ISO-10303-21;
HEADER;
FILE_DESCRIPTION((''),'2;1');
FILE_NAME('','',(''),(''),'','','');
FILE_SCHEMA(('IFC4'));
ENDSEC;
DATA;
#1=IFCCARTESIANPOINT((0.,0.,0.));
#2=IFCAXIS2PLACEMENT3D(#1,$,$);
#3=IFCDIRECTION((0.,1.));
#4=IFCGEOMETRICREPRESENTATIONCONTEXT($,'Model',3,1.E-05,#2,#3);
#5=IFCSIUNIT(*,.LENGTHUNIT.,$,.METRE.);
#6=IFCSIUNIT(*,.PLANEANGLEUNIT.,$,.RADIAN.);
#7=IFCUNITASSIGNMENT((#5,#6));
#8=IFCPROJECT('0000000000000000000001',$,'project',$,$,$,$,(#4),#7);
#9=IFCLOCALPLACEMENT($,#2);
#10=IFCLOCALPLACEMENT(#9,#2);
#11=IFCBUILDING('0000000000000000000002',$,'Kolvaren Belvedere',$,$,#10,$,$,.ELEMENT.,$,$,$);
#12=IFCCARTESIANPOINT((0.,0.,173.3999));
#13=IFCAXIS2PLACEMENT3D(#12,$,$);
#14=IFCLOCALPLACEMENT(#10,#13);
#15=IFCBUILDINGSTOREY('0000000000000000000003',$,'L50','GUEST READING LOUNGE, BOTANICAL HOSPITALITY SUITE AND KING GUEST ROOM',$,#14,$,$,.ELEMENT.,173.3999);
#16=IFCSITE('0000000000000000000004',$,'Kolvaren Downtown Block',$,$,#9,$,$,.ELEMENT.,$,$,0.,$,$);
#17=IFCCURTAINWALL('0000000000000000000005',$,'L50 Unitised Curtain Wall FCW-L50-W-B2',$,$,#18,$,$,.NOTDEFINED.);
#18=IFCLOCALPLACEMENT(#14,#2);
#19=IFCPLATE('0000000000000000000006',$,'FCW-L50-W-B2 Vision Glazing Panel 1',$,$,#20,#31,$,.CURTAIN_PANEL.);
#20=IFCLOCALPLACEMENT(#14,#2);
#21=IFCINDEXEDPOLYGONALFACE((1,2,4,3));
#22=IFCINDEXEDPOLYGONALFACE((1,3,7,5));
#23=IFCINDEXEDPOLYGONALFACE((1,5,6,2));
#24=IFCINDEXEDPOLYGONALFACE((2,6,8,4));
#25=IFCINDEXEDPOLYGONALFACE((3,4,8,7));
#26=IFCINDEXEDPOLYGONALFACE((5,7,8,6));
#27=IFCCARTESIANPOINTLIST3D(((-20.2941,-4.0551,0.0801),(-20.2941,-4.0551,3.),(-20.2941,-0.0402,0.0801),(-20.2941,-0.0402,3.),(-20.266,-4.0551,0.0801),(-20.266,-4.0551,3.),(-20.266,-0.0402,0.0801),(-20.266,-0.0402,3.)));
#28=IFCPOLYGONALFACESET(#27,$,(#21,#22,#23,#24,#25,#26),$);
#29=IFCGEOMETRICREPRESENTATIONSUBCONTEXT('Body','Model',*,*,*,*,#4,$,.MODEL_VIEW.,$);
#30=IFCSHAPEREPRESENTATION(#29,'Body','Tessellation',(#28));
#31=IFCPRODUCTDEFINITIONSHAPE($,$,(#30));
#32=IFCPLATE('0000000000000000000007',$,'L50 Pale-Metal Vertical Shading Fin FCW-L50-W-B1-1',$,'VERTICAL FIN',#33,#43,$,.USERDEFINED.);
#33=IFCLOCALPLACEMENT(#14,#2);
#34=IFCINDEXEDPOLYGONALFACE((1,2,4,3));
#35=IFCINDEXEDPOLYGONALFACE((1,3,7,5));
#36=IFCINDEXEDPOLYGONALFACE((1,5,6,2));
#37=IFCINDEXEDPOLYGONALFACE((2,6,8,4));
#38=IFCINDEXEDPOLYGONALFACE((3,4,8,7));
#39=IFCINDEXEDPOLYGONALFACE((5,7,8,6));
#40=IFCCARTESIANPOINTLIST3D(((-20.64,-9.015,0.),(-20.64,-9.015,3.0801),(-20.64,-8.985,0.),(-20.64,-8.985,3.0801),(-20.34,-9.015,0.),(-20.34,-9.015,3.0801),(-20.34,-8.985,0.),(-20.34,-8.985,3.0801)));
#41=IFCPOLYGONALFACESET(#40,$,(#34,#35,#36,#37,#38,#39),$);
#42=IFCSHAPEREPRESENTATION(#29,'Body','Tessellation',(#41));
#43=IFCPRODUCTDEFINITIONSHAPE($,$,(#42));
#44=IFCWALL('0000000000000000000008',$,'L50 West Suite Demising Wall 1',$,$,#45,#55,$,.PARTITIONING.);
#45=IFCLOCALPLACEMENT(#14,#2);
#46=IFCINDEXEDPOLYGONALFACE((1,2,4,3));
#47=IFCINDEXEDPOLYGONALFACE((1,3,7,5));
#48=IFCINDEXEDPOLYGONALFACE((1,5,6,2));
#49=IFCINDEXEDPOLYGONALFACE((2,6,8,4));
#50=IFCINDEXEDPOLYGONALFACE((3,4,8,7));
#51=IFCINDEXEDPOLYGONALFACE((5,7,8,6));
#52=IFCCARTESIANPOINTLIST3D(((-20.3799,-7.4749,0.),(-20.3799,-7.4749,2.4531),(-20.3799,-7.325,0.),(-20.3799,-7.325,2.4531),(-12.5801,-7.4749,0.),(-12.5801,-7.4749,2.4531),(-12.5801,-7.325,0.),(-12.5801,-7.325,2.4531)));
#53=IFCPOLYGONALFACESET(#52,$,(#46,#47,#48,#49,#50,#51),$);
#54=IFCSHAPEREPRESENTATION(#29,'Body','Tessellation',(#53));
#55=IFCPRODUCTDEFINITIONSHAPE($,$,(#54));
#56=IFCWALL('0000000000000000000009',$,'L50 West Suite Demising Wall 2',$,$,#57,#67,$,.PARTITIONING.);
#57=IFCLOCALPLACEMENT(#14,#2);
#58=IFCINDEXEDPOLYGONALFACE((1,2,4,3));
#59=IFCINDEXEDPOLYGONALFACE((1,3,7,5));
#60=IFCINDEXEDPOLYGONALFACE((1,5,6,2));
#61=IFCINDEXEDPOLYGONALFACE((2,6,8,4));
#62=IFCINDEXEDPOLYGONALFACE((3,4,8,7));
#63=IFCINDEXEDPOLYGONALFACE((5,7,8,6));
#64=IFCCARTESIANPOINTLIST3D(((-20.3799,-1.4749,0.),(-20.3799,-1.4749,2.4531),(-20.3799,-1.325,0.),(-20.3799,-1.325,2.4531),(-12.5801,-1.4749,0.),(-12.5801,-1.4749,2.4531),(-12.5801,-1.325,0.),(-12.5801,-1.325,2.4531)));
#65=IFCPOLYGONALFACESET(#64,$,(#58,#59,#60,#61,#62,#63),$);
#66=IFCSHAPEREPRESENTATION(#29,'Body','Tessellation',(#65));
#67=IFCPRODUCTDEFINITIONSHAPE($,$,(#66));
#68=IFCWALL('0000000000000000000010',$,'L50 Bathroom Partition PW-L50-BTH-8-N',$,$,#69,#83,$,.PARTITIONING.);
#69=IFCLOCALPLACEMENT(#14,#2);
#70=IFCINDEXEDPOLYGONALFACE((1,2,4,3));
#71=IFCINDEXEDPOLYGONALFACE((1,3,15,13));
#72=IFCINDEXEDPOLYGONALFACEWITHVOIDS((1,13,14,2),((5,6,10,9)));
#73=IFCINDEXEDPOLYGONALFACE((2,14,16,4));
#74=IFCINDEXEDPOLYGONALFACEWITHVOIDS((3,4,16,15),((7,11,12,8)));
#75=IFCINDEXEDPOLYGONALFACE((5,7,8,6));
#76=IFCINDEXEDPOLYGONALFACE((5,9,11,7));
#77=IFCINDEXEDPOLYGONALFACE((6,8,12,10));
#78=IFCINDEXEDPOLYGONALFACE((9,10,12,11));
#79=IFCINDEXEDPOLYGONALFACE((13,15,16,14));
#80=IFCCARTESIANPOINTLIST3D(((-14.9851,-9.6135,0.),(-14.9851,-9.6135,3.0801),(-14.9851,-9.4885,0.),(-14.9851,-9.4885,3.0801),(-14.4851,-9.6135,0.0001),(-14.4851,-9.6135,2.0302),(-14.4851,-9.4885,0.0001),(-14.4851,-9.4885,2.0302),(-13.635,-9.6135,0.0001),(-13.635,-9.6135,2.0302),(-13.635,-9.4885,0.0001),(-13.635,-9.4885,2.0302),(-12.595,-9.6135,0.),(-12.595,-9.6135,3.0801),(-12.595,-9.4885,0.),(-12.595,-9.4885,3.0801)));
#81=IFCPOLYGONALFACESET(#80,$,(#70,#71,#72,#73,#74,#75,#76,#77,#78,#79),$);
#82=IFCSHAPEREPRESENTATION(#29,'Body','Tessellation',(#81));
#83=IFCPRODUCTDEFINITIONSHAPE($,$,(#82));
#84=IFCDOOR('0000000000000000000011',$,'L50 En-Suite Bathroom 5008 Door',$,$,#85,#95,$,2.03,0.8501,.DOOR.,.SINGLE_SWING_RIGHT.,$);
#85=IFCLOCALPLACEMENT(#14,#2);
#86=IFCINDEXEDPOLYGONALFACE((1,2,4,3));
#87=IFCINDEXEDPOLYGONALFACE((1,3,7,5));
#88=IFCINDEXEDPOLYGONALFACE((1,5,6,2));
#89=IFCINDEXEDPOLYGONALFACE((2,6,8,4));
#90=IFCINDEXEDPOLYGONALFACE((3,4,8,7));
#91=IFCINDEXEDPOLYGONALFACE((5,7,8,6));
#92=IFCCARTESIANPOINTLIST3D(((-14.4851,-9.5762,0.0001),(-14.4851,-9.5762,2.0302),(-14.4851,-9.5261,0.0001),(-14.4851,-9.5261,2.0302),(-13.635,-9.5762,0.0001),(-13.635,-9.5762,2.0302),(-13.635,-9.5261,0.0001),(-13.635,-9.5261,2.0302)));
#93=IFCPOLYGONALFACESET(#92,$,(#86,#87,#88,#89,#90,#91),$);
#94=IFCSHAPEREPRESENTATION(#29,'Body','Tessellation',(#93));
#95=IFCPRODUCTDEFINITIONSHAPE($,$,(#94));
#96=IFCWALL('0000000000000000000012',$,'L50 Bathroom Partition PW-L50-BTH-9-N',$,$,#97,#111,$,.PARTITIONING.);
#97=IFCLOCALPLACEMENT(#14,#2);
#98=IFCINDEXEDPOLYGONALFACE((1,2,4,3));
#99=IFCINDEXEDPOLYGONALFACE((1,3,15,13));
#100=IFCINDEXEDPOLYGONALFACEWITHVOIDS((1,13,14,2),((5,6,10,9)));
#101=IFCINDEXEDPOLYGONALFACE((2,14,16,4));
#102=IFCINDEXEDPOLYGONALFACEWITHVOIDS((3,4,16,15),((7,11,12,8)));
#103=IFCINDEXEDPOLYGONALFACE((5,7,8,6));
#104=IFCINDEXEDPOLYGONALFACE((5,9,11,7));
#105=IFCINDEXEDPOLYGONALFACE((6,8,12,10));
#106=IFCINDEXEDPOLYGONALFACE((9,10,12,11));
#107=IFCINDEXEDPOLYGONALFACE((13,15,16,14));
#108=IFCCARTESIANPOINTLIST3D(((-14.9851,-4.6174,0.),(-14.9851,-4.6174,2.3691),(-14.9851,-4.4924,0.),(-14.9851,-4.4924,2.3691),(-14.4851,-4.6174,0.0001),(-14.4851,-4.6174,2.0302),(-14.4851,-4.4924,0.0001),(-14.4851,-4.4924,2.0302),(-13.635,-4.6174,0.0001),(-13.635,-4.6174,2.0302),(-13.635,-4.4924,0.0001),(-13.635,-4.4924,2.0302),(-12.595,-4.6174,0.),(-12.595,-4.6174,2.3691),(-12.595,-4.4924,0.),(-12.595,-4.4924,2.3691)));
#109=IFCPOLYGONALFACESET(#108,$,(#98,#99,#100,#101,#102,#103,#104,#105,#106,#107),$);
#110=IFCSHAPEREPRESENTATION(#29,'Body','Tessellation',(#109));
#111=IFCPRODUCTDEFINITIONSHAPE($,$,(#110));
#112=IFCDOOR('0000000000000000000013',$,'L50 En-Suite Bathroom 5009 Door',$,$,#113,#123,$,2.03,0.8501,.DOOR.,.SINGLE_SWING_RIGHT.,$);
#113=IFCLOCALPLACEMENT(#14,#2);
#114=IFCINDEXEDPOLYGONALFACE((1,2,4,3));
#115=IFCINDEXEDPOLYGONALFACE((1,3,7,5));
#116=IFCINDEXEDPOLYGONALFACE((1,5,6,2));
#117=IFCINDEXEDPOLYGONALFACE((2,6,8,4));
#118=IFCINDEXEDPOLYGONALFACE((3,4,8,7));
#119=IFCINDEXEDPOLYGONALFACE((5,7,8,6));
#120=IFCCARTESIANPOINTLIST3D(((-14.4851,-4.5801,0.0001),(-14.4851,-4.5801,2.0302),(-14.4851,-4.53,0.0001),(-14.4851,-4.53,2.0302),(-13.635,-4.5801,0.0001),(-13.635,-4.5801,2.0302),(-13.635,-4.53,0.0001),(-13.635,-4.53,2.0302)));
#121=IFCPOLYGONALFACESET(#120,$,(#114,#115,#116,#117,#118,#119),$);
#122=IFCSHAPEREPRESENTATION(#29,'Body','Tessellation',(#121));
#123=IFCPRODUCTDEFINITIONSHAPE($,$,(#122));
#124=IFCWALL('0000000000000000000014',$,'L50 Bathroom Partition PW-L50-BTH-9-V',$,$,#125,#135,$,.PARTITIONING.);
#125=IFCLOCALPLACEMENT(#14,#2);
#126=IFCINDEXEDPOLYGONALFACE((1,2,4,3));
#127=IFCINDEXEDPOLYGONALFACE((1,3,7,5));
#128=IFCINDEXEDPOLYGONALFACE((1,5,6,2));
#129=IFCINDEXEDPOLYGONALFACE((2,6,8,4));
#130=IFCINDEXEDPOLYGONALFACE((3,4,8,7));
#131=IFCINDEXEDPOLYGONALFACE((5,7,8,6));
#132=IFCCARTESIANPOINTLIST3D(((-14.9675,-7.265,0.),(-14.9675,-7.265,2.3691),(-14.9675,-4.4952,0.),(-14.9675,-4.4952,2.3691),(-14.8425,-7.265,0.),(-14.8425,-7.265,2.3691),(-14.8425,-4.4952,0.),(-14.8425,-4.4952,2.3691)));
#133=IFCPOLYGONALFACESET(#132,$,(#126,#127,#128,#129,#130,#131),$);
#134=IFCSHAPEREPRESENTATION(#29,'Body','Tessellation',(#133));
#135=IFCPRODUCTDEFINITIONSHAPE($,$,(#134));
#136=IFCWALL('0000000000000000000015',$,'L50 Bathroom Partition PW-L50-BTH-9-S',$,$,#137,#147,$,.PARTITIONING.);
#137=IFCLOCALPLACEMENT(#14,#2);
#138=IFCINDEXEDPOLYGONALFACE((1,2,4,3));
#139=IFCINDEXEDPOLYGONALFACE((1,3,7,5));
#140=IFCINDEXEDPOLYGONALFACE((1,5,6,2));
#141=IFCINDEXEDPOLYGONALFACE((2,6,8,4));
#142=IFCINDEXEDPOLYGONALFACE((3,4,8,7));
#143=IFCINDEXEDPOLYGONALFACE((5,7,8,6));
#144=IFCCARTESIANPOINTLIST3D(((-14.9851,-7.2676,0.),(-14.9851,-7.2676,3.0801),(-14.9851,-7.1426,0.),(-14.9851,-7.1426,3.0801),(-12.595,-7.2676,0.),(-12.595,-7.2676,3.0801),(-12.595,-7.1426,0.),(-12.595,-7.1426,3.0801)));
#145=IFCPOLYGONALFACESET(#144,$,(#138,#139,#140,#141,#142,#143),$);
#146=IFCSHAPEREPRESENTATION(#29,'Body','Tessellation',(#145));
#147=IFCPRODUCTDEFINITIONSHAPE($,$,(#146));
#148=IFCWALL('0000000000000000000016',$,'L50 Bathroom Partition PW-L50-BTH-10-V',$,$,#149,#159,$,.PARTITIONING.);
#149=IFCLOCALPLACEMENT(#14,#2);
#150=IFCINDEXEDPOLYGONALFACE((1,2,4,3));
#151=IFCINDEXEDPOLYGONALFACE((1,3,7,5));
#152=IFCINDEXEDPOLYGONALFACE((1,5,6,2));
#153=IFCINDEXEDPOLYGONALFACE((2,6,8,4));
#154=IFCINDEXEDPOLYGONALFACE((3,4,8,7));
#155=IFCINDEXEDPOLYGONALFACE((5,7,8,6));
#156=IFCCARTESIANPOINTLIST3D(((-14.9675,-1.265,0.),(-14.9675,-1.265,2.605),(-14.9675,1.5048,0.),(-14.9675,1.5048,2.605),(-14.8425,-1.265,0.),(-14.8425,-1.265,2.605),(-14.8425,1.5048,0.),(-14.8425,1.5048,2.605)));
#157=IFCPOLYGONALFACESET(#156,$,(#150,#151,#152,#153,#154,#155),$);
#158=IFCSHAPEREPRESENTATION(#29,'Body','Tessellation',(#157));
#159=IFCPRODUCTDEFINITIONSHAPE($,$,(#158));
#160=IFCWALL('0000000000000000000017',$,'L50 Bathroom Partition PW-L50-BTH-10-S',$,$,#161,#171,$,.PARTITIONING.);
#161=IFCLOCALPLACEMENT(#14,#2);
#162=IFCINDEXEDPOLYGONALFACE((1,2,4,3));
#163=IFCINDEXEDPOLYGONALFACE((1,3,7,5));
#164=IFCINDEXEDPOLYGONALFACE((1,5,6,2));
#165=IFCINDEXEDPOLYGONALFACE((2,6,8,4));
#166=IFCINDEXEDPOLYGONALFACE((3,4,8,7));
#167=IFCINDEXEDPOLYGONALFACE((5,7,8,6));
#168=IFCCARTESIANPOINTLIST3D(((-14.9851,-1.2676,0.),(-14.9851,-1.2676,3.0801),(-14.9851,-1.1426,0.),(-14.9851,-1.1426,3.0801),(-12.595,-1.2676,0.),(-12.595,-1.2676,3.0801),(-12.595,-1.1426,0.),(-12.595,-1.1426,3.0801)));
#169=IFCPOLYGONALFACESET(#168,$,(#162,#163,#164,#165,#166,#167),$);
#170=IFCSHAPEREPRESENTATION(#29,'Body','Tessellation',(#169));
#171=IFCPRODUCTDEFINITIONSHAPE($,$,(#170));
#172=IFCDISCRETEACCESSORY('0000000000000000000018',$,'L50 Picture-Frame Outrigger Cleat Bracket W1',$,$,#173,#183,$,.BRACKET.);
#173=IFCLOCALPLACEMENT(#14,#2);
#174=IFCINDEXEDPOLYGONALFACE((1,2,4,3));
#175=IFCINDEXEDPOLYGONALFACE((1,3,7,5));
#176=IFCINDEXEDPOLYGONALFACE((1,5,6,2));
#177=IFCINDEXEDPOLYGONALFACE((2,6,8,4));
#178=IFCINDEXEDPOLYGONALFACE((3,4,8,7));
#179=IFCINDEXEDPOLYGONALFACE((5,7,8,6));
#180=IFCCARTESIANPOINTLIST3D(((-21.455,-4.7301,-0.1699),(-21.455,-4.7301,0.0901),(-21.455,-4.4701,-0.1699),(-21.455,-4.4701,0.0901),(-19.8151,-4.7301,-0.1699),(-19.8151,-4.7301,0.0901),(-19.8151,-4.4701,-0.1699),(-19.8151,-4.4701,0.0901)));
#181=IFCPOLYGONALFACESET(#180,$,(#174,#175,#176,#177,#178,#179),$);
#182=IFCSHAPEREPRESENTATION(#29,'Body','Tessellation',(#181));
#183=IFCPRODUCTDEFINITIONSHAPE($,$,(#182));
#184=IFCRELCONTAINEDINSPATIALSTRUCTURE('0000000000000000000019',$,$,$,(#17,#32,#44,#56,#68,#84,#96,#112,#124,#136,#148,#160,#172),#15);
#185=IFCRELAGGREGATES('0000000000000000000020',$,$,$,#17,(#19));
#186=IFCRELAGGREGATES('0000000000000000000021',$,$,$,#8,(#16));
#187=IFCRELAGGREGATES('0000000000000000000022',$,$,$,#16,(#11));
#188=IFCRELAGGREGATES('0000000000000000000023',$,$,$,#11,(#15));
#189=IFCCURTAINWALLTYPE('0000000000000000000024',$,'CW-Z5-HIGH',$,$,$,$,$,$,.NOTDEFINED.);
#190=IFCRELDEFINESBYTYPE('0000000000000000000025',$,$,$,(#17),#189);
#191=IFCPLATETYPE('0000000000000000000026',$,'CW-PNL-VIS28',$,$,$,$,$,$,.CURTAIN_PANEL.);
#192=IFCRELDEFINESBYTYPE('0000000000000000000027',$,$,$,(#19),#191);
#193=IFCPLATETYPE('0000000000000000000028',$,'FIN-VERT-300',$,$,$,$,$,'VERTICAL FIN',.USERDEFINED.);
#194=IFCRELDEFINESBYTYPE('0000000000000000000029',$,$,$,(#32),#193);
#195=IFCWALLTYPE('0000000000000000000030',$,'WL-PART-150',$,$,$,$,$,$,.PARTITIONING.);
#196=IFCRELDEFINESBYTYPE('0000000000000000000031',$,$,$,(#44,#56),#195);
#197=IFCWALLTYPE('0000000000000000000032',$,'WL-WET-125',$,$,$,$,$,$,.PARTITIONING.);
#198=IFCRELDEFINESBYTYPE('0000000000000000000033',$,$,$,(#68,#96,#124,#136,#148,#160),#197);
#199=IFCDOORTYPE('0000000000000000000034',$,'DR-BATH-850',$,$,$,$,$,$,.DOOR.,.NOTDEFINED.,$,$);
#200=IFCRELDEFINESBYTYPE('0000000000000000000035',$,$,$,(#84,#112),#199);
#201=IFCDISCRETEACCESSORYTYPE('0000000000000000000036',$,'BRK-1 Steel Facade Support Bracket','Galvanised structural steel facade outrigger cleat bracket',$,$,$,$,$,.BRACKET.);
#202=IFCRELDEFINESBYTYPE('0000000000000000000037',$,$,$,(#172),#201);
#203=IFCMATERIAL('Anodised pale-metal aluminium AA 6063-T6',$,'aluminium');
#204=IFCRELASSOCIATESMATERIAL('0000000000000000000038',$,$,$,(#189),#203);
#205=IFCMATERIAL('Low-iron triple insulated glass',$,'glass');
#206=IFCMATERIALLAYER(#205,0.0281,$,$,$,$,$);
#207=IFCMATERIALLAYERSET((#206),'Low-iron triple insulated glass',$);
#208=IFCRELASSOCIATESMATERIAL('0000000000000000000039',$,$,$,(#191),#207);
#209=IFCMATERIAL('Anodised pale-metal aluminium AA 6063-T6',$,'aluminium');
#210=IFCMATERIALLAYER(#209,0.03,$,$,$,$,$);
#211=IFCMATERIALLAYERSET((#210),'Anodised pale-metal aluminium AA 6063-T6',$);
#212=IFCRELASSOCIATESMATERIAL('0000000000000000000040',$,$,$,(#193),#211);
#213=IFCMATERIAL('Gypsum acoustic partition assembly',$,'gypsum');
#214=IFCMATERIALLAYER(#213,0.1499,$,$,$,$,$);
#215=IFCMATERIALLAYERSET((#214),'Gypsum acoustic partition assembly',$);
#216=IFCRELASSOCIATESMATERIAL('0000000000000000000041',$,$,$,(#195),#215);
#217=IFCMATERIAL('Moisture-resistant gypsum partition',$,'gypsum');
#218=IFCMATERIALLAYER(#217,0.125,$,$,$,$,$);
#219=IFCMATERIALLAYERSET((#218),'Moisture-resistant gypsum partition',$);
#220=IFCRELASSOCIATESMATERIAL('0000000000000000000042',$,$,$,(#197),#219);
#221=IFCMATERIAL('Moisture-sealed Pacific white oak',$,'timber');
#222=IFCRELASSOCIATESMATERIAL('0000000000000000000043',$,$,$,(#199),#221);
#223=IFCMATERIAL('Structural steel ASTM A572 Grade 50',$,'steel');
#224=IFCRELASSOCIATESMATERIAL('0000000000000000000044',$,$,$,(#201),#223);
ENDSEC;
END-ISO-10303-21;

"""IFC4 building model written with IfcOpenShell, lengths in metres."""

from ifc_helpers import new_model, si_unit, direction, frame, frame_2d, origin, origin_2d, place, context, subcontext, project, spatial, rectangle, extrude, material, layer, layer_set, type_object, element, fill, aggregate, save


model = new_model("IFC4")

# Units and contexts
model_context = context("Model", 3, precision=1e-05, world=origin(), true_north=direction((0.0, 1.0)))
body_context = subcontext(model_context, "Body", "Model", "MODEL_VIEW")
ifc_project = project(units=[si_unit("LENGTHUNIT", "METRE"), si_unit("PLANEANGLEUNIT", "RADIAN")], contexts=[model_context])

# Site, building, storey
site_placement = place(None, origin())
site = spatial("IfcSite", under=ifc_project, at=site_placement, Name="Kolvaren Downtown Block", CompositionType="ELEMENT", RefElevation=0.0)
building_placement = place(site_placement, origin())
building = spatial("IfcBuilding", under=site, at=building_placement, Name="Kolvaren Belvedere", CompositionType="ELEMENT")
storey_placement = place(building_placement, frame((0.0, 0.0, 173.3999)))
storey = spatial("IfcBuildingStorey", under=building, at=storey_placement, Name="L50", Description="GUEST READING LOUNGE, BOTANICAL HOSPITALITY SUITE AND KING GUEST ROOM", CompositionType="ELEMENT", Elevation=173.3999)

# Curtain wall
ifc_material_1 = material(Name="Anodised pale-metal aluminium AA 6063-T6", Category="aluminium")
curtain_wall_type = type_object("IfcCurtainWallType", Name="CW-Z5-HIGH", PredefinedType="NOTDEFINED", material=ifc_material_1)
curtain_wall_1_placement = place(storey_placement, origin())
curtain_wall_1 = element("IfcCurtainWall", 1, at=curtain_wall_1_placement, inside=storey, type_object=curtain_wall_type, Name="L50 Unitised Curtain Wall FCW-L50-W-B2", PredefinedType="NOTDEFINED")

# Plates
ifc_material_2 = material(Name="Low-iron triple insulated glass", Category="glass")
ifc_layer_1 = layer(ifc_material_2, 0.0281)
ifc_layer_set_1 = layer_set([ifc_layer_1], Name="Low-iron triple insulated glass")
plate_type_1 = type_object("IfcPlateType", Name="CW-PNL-VIS28", PredefinedType="CURTAIN_PANEL", material=ifc_layer_set_1)
plate_1_placement = place(storey_placement, frame((-20.28, -2.0476, 0.0801), z_axis=(0.0, 0.0, 1.0), x_axis=(0.0, 1.0, 0.0)))
plate_1 = element("IfcPlate", 2, at=plate_1_placement, type_object=plate_type_1, Name="FCW-L50-W-B2 Vision Glazing Panel 1", PredefinedType="CURTAIN_PANEL", context=body_context, shape_type="SweptSolid", body=[
    extrude(rectangle(XDim=4.0149, YDim=0.0281, at=origin_2d()), origin(), (0.0, 0.0, 1.0), 2.9199),
])
aggregate(curtain_wall_1, [plate_1])
ifc_material_3 = material(Name="Anodised pale-metal aluminium AA 6063-T6", Category="aluminium")
ifc_layer_2 = layer(ifc_material_3, 0.03)
ifc_layer_set_2 = layer_set([ifc_layer_2], Name="Anodised pale-metal aluminium AA 6063-T6")
plate_type_2 = type_object("IfcPlateType", Name="FIN-VERT-300", ElementType="VERTICAL FIN", PredefinedType="USERDEFINED", material=ifc_layer_set_2)
plate_2_placement = place(storey_placement, frame((-20.49, -9.0, 0.0), z_axis=(0.0, 0.0, 1.0), x_axis=(1.0, 0.0, 0.0)))
element("IfcPlate", 3, at=plate_2_placement, inside=storey, type_object=plate_type_2, Name="L50 Pale-Metal Vertical Shading Fin FCW-L50-W-B1-1", ObjectType="VERTICAL FIN", PredefinedType="USERDEFINED", context=body_context, shape_type="SweptSolid", body=[
    extrude(rectangle(XDim=0.3, YDim=0.03, at=origin_2d()), origin(), (0.0, 0.0, 1.0), 3.0801),
])

# Walls
ifc_material_4 = material(Name="Gypsum acoustic partition assembly", Category="gypsum")
ifc_layer_3 = layer(ifc_material_4, 0.1499)
ifc_layer_set_3 = layer_set([ifc_layer_3], Name="Gypsum acoustic partition assembly")
wall_type_1 = type_object("IfcWallType", Name="WL-PART-150", PredefinedType="PARTITIONING", material=ifc_layer_set_3)
for number, where, z_axis, x_axis, name in (
    (4, (-20.3799, -7.3999, 0.0), (0.0, 0.0, 1.0), (1.0, 0.0, 0.0), "L50 West Suite Demising Wall 1"),
    (5, (-20.3799, -1.3999, 0.0), (0.0, 0.0, 1.0), (1.0, 0.0, 0.0), "L50 West Suite Demising Wall 2"),
):
    element("IfcWall", number, at=place(storey_placement, frame(where, z_axis=z_axis, x_axis=x_axis)), inside=storey, type_object=wall_type_1, Name=name, PredefinedType="PARTITIONING", context=body_context, shape_type="SweptSolid", body=[
        extrude(rectangle(XDim=7.7998, YDim=0.1499, at=frame_2d((3.8999, 0.0))), origin(), (0.0, 0.0, 1.0), 2.4531),
    ])

# Walls, openings, doors
ifc_material_5 = material(Name="Moisture-resistant gypsum partition", Category="gypsum")
ifc_layer_4 = layer(ifc_material_5, 0.125)
ifc_layer_set_4 = layer_set([ifc_layer_4], Name="Moisture-resistant gypsum partition")
wall_type_2 = type_object("IfcWallType", Name="WL-WET-125", PredefinedType="PARTITIONING", material=ifc_layer_set_4)
wall_1_placement = place(storey_placement, frame((-14.9851, -9.551, 0.0), z_axis=(0.0, 0.0, 1.0), x_axis=(1.0, 0.0, 0.0)))
wall_1 = element("IfcWall", 6, at=wall_1_placement, inside=storey, type_object=wall_type_2, Name="L50 Bathroom Partition PW-L50-BTH-8-N", PredefinedType="PARTITIONING", context=body_context, shape_type="SweptSolid", body=[
    extrude(rectangle(XDim=2.3901, YDim=0.125, at=frame_2d((1.1951, 0.0))), origin(), (0.0, 0.0, 1.0), 3.0801),
])
opening_1_placement = place(wall_1_placement, frame((0.5, 0.0, 0.0)))
opening_1 = element("IfcOpeningElement", 7, at=opening_1_placement, cuts=wall_1, PredefinedType="OPENING", context=body_context, shape_type="SweptSolid", body=[
    extrude(rectangle(XDim=0.8501, YDim=2.03, at=frame_2d((0.425, 1.0151))), frame((0.0, 0.0725, 0.0), z_axis=(0.0, -1.0, 0.0), x_axis=(1.0, 0.0, 0.0)), (0.0, 0.0, 1.0), 0.145),
])
ifc_material_6 = material(Name="Moisture-sealed Pacific white oak", Category="timber")
door_type = type_object("IfcDoorType", Name="DR-BATH-850", OperationType="NOTDEFINED", PredefinedType="DOOR", material=ifc_material_6)
door_1_placement = place(opening_1_placement, origin())
door_1 = element("IfcDoor", 8, at=door_1_placement, inside=storey, type_object=door_type, Name="L50 En-Suite Bathroom 5008 Door", OperationType="SINGLE_SWING_RIGHT", OverallHeight=2.03, OverallWidth=0.8501, PredefinedType="DOOR", context=body_context, shape_type="SweptSolid", body=[
    extrude(rectangle(XDim=0.8501, YDim=2.03, at=frame_2d((0.425, 1.0151))), frame((0.0, 0.0249, 0.0), z_axis=(0.0, -1.0, 0.0), x_axis=(1.0, 0.0, 0.0)), (0.0, 0.0, 1.0), 0.05),
])
fill(opening_1, door_1)
wall_2_placement = place(storey_placement, frame((-14.9851, -4.5549, 0.0), z_axis=(0.0, 0.0, 1.0), x_axis=(1.0, 0.0, 0.0)))
wall_2 = element("IfcWall", 9, at=wall_2_placement, inside=storey, type_object=wall_type_2, Name="L50 Bathroom Partition PW-L50-BTH-9-N", PredefinedType="PARTITIONING", context=body_context, shape_type="SweptSolid", body=[
    extrude(rectangle(XDim=2.3901, YDim=0.125, at=frame_2d((1.1951, 0.0))), origin(), (0.0, 0.0, 1.0), 2.3691),
])
opening_2_placement = place(wall_2_placement, frame((0.5, 0.0, 0.0)))
opening_2 = element("IfcOpeningElement", 10, at=opening_2_placement, cuts=wall_2, PredefinedType="OPENING", context=body_context, shape_type="SweptSolid", body=[
    extrude(rectangle(XDim=0.8501, YDim=2.03, at=frame_2d((0.425, 1.0151))), frame((0.0, 0.0725, 0.0), z_axis=(0.0, -1.0, 0.0), x_axis=(1.0, 0.0, 0.0)), (0.0, 0.0, 1.0), 0.145),
])
door_2_placement = place(opening_2_placement, origin())
door_2 = element("IfcDoor", 11, at=door_2_placement, inside=storey, type_object=door_type, Name="L50 En-Suite Bathroom 5009 Door", OperationType="SINGLE_SWING_RIGHT", OverallHeight=2.03, OverallWidth=0.8501, PredefinedType="DOOR", context=body_context, shape_type="SweptSolid", body=[
    extrude(rectangle(XDim=0.8501, YDim=2.03, at=frame_2d((0.425, 1.0151))), frame((0.0, 0.0249, 0.0), z_axis=(0.0, -1.0, 0.0), x_axis=(1.0, 0.0, 0.0)), (0.0, 0.0, 1.0), 0.05),
])
fill(opening_2, door_2)

# Walls
wall_3_placement = place(storey_placement, frame((-14.905, -7.2649, 0.0), z_axis=(0.0, 0.0, 1.0), x_axis=(0.0, 1.0, 0.0)))
element("IfcWall", 12, at=wall_3_placement, inside=storey, type_object=wall_type_2, Name="L50 Bathroom Partition PW-L50-BTH-9-V", PredefinedType="PARTITIONING", context=body_context, shape_type="SweptSolid", body=[
    extrude(rectangle(XDim=2.7698, YDim=0.125, at=frame_2d((1.3848, 0.0))), origin(), (0.0, 0.0, 1.0), 2.3691),
])
wall_4_placement = place(storey_placement, frame((-14.9851, -7.2051, 0.0), z_axis=(0.0, 0.0, 1.0), x_axis=(1.0, 0.0, 0.0)))
element("IfcWall", 13, at=wall_4_placement, inside=storey, type_object=wall_type_2, Name="L50 Bathroom Partition PW-L50-BTH-9-S", PredefinedType="PARTITIONING", context=body_context, shape_type="SweptSolid", body=[
    extrude(rectangle(XDim=2.3901, YDim=0.125, at=frame_2d((1.1951, 0.0))), origin(), (0.0, 0.0, 1.0), 3.0801),
])
wall_5_placement = place(storey_placement, frame((-14.905, -1.2649, 0.0), z_axis=(0.0, 0.0, 1.0), x_axis=(0.0, 1.0, 0.0)))
element("IfcWall", 14, at=wall_5_placement, inside=storey, type_object=wall_type_2, Name="L50 Bathroom Partition PW-L50-BTH-10-V", PredefinedType="PARTITIONING", context=body_context, shape_type="SweptSolid", body=[
    extrude(rectangle(XDim=2.7698, YDim=0.125, at=frame_2d((1.3848, 0.0))), origin(), (0.0, 0.0, 1.0), 2.605),
])
wall_6_placement = place(storey_placement, frame((-14.9851, -1.2051, 0.0), z_axis=(0.0, 0.0, 1.0), x_axis=(1.0, 0.0, 0.0)))
element("IfcWall", 15, at=wall_6_placement, inside=storey, type_object=wall_type_2, Name="L50 Bathroom Partition PW-L50-BTH-10-S", PredefinedType="PARTITIONING", context=body_context, shape_type="SweptSolid", body=[
    extrude(rectangle(XDim=2.3901, YDim=0.125, at=frame_2d((1.1951, 0.0))), origin(), (0.0, 0.0, 1.0), 3.0801),
])

# Discrete accessory
ifc_material_7 = material(Name="Structural steel ASTM A572 Grade 50", Category="steel")
discrete_accessory_type = type_object("IfcDiscreteAccessoryType", Name="BRK-1 Steel Facade Support Bracket", Description="Galvanised structural steel facade outrigger cleat bracket", PredefinedType="BRACKET", material=ifc_material_7)
discrete_accessory_placement = place(storey_placement, frame((-20.635, -4.6001, -0.1699), z_axis=(0.0, 0.0, 1.0), x_axis=(1.0, 0.0, 0.0)))
element("IfcDiscreteAccessory", 16, at=discrete_accessory_placement, inside=storey, type_object=discrete_accessory_type, Name="L50 Picture-Frame Outrigger Cleat Bracket W1", PredefinedType="BRACKET", context=body_context, shape_type="SweptSolid", body=[
    extrude(rectangle(XDim=1.6399, YDim=0.26, at=origin_2d()), origin(), (0.0, 0.0, 1.0), 0.26),
])

save(model, "model.ifc")
